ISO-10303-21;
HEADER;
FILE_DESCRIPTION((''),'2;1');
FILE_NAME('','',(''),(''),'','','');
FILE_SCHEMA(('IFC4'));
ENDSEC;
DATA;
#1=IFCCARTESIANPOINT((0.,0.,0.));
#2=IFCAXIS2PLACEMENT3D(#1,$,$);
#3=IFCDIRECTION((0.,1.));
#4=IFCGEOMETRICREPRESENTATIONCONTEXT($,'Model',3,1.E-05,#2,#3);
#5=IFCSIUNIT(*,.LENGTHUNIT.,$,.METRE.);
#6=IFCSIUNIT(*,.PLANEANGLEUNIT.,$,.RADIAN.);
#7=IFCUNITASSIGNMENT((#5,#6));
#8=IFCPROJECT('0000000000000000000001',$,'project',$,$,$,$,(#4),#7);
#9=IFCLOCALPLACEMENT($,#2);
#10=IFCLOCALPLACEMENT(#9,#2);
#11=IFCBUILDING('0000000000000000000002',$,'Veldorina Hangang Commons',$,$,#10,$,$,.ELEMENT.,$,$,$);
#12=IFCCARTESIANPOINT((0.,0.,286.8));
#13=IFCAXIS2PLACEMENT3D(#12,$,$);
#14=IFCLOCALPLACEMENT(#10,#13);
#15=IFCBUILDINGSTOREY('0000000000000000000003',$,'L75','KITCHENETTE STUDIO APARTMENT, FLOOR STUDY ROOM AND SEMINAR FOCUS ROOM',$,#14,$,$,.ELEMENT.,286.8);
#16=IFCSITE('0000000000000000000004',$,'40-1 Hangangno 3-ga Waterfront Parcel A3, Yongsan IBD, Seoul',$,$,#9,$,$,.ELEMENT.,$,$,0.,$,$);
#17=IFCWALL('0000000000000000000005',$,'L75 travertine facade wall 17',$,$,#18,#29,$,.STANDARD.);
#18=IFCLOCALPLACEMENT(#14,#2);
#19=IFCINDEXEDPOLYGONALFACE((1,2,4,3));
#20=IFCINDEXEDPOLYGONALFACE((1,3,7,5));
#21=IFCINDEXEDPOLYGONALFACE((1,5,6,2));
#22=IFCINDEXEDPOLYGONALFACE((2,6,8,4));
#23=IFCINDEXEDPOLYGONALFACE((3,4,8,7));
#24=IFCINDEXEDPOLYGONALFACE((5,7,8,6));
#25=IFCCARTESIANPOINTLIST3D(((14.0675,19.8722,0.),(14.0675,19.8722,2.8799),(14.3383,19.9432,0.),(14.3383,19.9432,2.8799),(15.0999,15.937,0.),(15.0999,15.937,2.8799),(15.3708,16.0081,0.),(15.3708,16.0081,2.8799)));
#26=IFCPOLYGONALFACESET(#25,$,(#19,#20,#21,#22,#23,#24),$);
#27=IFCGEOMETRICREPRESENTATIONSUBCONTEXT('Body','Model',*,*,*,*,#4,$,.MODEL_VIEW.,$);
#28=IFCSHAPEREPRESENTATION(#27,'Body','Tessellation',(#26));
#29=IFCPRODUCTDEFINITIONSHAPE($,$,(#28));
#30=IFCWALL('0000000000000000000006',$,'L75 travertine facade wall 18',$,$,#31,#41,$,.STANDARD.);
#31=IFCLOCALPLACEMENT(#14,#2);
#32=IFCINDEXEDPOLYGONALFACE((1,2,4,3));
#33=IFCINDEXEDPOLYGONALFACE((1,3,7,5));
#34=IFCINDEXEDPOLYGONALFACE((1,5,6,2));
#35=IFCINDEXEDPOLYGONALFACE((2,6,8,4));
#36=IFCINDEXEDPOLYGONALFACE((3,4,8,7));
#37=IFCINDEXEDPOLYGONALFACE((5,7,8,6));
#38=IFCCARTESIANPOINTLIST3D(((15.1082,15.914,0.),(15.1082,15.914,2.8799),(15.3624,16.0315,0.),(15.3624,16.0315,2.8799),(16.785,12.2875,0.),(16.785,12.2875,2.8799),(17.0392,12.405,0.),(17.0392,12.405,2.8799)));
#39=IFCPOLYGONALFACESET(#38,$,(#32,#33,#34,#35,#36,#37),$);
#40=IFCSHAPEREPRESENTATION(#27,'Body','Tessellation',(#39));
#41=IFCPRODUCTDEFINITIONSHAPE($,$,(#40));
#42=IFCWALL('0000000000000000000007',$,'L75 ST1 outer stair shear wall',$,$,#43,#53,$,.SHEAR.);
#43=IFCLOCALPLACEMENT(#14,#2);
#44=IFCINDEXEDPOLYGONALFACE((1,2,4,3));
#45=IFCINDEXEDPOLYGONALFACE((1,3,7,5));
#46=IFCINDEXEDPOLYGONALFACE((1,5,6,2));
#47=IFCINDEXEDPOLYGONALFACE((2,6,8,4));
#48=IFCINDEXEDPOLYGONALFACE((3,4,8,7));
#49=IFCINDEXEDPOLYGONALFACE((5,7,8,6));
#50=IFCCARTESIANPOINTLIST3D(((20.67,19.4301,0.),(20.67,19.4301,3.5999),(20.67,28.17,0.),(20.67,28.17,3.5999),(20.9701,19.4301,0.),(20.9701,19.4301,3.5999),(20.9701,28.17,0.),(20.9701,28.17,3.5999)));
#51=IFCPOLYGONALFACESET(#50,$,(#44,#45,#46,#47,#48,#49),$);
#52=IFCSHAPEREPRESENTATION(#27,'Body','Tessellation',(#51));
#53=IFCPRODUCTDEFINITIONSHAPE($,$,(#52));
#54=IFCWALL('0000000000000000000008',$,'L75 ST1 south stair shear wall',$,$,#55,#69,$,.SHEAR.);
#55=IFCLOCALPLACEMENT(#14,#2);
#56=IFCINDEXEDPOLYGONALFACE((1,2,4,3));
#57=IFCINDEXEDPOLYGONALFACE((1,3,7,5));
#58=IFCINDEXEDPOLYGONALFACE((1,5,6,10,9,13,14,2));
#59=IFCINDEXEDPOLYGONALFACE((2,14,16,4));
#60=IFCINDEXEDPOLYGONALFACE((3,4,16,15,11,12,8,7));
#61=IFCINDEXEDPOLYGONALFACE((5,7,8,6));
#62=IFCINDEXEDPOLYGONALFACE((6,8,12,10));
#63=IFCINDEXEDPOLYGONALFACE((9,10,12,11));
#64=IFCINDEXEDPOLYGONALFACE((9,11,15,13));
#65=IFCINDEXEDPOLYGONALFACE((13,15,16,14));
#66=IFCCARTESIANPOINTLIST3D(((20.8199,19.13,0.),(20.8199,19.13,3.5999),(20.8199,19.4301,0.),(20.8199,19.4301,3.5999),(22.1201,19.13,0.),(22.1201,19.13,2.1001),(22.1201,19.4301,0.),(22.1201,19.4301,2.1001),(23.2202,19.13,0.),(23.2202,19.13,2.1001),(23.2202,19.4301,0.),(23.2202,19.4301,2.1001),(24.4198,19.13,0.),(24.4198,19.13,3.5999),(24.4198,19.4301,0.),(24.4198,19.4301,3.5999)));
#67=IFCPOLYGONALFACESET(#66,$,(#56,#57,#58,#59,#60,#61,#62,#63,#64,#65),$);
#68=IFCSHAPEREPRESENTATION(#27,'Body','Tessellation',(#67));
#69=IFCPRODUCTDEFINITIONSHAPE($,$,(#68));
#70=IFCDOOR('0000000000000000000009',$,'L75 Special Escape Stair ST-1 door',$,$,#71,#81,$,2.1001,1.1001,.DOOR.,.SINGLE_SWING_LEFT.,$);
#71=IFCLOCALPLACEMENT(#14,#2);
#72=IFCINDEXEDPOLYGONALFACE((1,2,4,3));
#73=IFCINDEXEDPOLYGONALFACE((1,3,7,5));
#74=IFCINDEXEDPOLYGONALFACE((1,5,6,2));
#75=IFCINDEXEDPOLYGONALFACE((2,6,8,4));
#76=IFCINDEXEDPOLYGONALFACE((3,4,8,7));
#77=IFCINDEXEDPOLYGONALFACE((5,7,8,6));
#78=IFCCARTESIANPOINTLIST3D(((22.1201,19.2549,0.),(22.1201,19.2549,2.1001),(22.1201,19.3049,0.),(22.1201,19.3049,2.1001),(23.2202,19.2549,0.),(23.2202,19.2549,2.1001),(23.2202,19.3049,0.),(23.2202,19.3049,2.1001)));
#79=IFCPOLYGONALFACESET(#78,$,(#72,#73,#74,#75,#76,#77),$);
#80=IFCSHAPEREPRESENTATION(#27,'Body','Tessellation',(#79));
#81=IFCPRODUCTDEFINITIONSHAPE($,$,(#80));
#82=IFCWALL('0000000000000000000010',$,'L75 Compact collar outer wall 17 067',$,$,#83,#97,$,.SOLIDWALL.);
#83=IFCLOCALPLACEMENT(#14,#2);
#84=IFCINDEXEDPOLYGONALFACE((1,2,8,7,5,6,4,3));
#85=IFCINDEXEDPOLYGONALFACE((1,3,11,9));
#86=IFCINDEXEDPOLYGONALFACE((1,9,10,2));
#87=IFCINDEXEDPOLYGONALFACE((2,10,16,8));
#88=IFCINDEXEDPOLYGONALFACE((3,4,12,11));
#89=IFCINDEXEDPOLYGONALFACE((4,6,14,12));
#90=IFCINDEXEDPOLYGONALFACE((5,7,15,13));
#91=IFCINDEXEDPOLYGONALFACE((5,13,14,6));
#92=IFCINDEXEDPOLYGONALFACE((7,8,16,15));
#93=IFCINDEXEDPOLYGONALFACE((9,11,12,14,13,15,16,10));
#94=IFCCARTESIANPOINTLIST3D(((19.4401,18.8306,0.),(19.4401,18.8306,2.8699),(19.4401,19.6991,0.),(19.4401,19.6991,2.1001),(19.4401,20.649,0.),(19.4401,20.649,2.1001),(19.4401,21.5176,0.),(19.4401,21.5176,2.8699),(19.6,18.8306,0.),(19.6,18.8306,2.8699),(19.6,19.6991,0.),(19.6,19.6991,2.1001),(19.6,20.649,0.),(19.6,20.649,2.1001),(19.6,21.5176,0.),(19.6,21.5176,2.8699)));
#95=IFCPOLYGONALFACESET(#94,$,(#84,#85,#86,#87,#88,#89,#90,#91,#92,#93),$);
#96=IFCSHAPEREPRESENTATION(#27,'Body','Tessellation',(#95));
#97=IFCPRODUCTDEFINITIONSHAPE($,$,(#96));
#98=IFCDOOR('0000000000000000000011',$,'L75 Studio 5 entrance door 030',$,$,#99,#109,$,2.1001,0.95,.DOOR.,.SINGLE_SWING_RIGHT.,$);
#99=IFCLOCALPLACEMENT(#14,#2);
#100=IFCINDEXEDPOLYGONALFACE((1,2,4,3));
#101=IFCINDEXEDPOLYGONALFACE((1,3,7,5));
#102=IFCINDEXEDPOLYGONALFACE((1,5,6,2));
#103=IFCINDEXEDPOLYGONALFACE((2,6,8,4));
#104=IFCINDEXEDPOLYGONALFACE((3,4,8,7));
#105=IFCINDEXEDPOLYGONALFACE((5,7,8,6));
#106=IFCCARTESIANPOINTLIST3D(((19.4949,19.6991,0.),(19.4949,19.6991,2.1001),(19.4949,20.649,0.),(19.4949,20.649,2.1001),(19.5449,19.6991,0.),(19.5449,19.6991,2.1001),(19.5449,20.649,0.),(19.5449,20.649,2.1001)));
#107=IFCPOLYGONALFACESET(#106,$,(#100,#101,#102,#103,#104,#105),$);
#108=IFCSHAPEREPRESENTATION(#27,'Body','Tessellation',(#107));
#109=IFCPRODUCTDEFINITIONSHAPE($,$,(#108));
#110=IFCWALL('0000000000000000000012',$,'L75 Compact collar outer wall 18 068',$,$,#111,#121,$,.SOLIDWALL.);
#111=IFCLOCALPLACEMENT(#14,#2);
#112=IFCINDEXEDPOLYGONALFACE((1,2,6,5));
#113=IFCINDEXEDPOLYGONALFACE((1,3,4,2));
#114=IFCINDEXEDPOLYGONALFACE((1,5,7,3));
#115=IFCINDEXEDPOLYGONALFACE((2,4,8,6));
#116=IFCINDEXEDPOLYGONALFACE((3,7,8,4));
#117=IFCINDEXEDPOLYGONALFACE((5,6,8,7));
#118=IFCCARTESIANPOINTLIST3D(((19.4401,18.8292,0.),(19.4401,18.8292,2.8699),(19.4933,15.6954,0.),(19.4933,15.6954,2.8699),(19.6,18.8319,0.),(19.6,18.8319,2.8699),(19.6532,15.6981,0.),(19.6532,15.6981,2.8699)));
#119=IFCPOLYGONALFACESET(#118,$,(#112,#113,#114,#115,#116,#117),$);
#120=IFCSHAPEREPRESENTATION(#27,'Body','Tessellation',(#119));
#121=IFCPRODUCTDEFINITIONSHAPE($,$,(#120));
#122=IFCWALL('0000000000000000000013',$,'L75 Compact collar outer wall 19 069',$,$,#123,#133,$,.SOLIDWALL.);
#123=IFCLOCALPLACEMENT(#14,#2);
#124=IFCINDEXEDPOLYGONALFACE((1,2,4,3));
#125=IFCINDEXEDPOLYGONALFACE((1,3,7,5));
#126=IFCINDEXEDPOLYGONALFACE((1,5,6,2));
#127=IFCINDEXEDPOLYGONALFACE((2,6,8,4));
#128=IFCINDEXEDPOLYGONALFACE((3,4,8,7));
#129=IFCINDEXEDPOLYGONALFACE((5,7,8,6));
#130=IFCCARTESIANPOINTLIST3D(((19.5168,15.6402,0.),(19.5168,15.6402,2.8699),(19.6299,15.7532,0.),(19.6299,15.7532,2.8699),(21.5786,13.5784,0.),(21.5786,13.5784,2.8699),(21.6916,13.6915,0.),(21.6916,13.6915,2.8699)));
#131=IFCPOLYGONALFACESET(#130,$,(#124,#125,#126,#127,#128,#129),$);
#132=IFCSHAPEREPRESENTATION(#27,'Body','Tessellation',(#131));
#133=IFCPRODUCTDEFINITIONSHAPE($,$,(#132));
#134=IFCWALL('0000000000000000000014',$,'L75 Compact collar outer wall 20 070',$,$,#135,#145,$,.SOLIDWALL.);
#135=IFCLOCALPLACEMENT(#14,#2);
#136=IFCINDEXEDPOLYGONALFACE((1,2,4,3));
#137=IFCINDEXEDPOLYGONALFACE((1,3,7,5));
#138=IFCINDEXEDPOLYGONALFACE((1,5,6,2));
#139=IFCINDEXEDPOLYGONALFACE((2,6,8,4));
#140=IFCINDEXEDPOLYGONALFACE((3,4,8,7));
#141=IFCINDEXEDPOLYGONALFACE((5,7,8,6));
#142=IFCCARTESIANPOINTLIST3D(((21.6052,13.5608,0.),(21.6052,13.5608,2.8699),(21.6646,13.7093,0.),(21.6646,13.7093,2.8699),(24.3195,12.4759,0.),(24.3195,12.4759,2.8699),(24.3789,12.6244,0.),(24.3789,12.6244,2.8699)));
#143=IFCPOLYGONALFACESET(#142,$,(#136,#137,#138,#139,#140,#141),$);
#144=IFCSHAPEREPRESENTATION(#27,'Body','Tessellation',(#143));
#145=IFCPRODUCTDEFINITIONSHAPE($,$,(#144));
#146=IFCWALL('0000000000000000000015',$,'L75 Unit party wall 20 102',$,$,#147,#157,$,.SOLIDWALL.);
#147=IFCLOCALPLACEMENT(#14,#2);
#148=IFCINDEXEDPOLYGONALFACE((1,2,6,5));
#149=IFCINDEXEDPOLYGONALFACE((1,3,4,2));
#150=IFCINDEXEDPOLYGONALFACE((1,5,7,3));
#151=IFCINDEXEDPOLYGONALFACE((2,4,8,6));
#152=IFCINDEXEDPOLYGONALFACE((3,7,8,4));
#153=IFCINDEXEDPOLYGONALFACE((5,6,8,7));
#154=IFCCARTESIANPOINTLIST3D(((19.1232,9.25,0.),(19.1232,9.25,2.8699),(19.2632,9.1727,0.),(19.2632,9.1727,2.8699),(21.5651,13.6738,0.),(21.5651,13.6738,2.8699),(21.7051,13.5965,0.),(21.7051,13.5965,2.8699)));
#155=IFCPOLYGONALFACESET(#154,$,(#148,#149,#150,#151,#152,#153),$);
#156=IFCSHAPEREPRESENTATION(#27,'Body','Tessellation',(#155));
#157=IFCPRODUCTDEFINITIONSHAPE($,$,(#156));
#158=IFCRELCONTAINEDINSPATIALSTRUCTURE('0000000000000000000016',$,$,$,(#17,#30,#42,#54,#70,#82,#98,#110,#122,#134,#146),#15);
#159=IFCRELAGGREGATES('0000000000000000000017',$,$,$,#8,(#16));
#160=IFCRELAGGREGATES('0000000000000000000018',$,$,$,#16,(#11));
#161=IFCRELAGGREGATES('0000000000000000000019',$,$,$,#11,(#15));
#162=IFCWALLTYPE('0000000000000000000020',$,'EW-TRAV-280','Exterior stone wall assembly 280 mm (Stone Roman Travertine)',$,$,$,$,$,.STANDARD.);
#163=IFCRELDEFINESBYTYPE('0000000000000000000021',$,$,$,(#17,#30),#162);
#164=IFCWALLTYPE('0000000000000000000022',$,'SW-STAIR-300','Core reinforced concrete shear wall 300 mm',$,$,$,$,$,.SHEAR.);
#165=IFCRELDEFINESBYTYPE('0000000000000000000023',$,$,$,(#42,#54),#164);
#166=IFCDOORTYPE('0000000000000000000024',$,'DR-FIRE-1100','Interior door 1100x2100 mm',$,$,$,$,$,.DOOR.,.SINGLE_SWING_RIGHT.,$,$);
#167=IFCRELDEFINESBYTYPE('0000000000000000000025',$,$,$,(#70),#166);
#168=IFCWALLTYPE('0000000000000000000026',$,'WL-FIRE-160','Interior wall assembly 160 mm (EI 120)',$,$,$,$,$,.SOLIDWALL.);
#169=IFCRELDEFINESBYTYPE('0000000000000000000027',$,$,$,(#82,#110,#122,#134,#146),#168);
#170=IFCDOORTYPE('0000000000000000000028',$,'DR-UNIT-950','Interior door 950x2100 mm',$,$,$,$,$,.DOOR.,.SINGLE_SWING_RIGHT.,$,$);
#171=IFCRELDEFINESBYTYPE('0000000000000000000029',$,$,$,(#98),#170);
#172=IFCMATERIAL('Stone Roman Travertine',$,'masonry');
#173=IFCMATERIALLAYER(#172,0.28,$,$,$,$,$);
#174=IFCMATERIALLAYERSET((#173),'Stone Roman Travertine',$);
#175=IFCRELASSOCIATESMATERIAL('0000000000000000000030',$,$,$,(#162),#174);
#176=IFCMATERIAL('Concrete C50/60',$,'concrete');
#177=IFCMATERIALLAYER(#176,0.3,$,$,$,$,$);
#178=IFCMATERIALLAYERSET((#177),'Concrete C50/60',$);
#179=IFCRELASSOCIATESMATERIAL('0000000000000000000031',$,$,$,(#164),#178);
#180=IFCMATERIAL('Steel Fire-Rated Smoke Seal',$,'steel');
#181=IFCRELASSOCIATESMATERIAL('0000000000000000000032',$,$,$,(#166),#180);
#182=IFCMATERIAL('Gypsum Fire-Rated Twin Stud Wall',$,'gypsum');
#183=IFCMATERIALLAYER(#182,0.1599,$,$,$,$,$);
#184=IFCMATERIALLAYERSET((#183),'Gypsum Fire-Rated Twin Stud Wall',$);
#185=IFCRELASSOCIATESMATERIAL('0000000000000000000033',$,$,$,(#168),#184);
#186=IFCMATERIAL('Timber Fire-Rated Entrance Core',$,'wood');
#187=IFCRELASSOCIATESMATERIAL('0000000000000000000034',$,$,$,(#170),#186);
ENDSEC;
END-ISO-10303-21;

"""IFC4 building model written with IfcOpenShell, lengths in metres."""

from ifc_helpers import new_model, si_unit, direction, frame, frame_2d, origin, place, context, subcontext, project, spatial, rectangle, extrude, material, layer, layer_set, type_object, element, fill, save


model = new_model("IFC4")

# Units and contexts
model_context = context("Model", 3, precision=1e-05, world=origin(), true_north=direction((0.0, 1.0)))
body_context = subcontext(model_context, "Body", "Model", "MODEL_VIEW")
ifc_project = project(units=[si_unit("LENGTHUNIT", "METRE"), si_unit("PLANEANGLEUNIT", "RADIAN")], contexts=[model_context])

# Site, building, storey
site_placement = place(None, origin())
site = spatial("IfcSite", under=ifc_project, at=site_placement, Name="40-1 Hangangno 3-ga Waterfront Parcel A3, Yongsan IBD, Seoul", CompositionType="ELEMENT", RefElevation=0.0)
building_placement = place(site_placement, origin())
building = spatial("IfcBuilding", under=site, at=building_placement, Name="Veldorina Hangang Commons", CompositionType="ELEMENT")
storey_placement = place(building_placement, frame((0.0, 0.0, 286.8)))
storey = spatial("IfcBuildingStorey", under=building, at=storey_placement, Name="L75", Description="KITCHENETTE STUDIO APARTMENT, FLOOR STUDY ROOM AND SEMINAR FOCUS ROOM", CompositionType="ELEMENT", Elevation=286.8)

# Walls
ifc_material_1 = material(Name="Stone Roman Travertine", Category="masonry")
ifc_layer_1 = layer(ifc_material_1, 0.28)
ifc_layer_set_1 = layer_set([ifc_layer_1], Name="Stone Roman Travertine")
wall_type_1 = type_object("IfcWallType", Name="EW-TRAV-280", Description="Exterior stone wall assembly 280 mm (Stone Roman Travertine)", PredefinedType="STANDARD", material=ifc_layer_set_1)
wall_1_placement = place(storey_placement, frame((14.2029, 19.9077, 0.0), z_axis=(0.0, 0.0, 1.0), x_axis=(0.253787, -0.96726, 0.0)))
element("IfcWall", 1, at=wall_1_placement, inside=storey, type_object=wall_type_1, Name="L75 travertine facade wall 17", PredefinedType="STANDARD", context=body_context, shape_type="SweptSolid", body=[
    extrude(rectangle(XDim=4.0684, YDim=0.28, at=frame_2d((2.0342, 0.0))), origin(), (0.0, 0.0, 1.0), 2.8799),
])
wall_2_placement = place(storey_placement, frame((15.2354, 15.9727, 0.0), z_axis=(0.0, 0.0, 1.0), x_axis=(0.419678, -0.907673, 0.0)))
element("IfcWall", 2, at=wall_2_placement, inside=storey, type_object=wall_type_1, Name="L75 travertine facade wall 18", PredefinedType="STANDARD", context=body_context, shape_type="SweptSolid", body=[
    extrude(rectangle(XDim=3.9954, YDim=0.28, at=frame_2d((1.9976, 0.0))), origin(), (0.0, 0.0, 1.0), 2.8799),
])
ifc_material_2 = material(Name="Concrete C50/60", Category="concrete")
ifc_layer_2 = layer(ifc_material_2, 0.3)
ifc_layer_set_2 = layer_set([ifc_layer_2], Name="Concrete C50/60")
wall_type_2 = type_object("IfcWallType", Name="SW-STAIR-300", Description="Core reinforced concrete shear wall 300 mm", PredefinedType="SHEAR", material=ifc_layer_set_2)
wall_3_placement = place(storey_placement, frame((20.8201, 19.4299, 0.0), z_axis=(0.0, 0.0, 1.0), x_axis=(0.0, 1.0, 0.0)))
element("IfcWall", 3, at=wall_3_placement, inside=storey, type_object=wall_type_2, Name="L75 ST1 outer stair shear wall", PredefinedType="SHEAR", context=body_context, shape_type="SweptSolid", body=[
    extrude(rectangle(XDim=8.74, YDim=0.3, at=frame_2d((4.3701, 0.0))), origin(), (0.0, 0.0, 1.0), 3.5999),
])

# Walls, openings, doors
wall_4_placement = place(storey_placement, frame((20.8201, 19.28, 0.0), z_axis=(0.0, 0.0, 1.0), x_axis=(1.0, 0.0, 0.0)))
wall_4 = element("IfcWall", 4, at=wall_4_placement, inside=storey, type_object=wall_type_2, Name="L75 ST1 south stair shear wall", PredefinedType="SHEAR", context=body_context, shape_type="SweptSolid", body=[
    extrude(rectangle(XDim=3.5999, YDim=0.3, at=frame_2d((1.7998, 0.0))), origin(), (0.0, 0.0, 1.0), 3.5999),
])
opening_1_placement = place(wall_4_placement, frame((1.3, 0.0, 0.0)))
opening_1 = element("IfcOpeningElement", 5, at=opening_1_placement, cuts=wall_4, PredefinedType="OPENING", context=body_context, shape_type="SweptSolid", body=[
    extrude(rectangle(XDim=1.1001, YDim=2.1001, at=frame_2d((0.55, 1.05))), frame((0.0, 0.1602, 0.0), z_axis=(0.0, -1.0, 0.0), x_axis=(1.0, 0.0, 0.0)), (0.0, 0.0, 1.0), 0.3201),
])
ifc_material_3 = material(Name="Steel Fire-Rated Smoke Seal", Category="steel")
door_type_1 = type_object("IfcDoorType", Name="DR-FIRE-1100", Description="Interior door 1100x2100 mm", OperationType="SINGLE_SWING_RIGHT", PredefinedType="DOOR", material=ifc_material_3)
door_1_placement = place(opening_1_placement, origin())
door_1 = element("IfcDoor", 6, at=door_1_placement, inside=storey, type_object=door_type_1, Name="L75 Special Escape Stair ST-1 door", OperationType="SINGLE_SWING_LEFT", OverallHeight=2.1001, OverallWidth=1.1001, PredefinedType="DOOR", context=body_context, shape_type="SweptSolid", body=[
    extrude(rectangle(XDim=1.1001, YDim=2.1001, at=frame_2d((0.55, 1.05))), frame((0.0, 0.0249, 0.0), z_axis=(0.0, -1.0, 0.0), x_axis=(1.0, 0.0, 0.0)), (0.0, 0.0, 1.0), 0.05),
])
fill(opening_1, door_1)
ifc_material_4 = material(Name="Gypsum Fire-Rated Twin Stud Wall", Category="gypsum")
ifc_layer_3 = layer(ifc_material_4, 0.1599)
ifc_layer_set_3 = layer_set([ifc_layer_3], Name="Gypsum Fire-Rated Twin Stud Wall")
wall_type_3 = type_object("IfcWallType", Name="WL-FIRE-160", Description="Interior wall assembly 160 mm (EI 120)", PredefinedType="SOLIDWALL", material=ifc_layer_set_3)
wall_5_placement = place(storey_placement, frame((19.52, 21.5176, 0.0), z_axis=(0.0, 0.0, 1.0), x_axis=(0.0, -1.0, 0.0)))
wall_5 = element("IfcWall", 7, at=wall_5_placement, inside=storey, type_object=wall_type_3, Name="L75 Compact collar outer wall 17 067", PredefinedType="SOLIDWALL", context=body_context, shape_type="SweptSolid", body=[
    extrude(rectangle(XDim=2.687, YDim=0.1599, at=frame_2d((1.3435, 0.0))), origin(), (0.0, 0.0, 1.0), 2.8699),
])
opening_2_placement = place(wall_5_placement, frame((0.8684, 0.0, 0.0)))
opening_2 = element("IfcOpeningElement", 8, at=opening_2_placement, cuts=wall_5, PredefinedType="OPENING", context=body_context, shape_type="SweptSolid", body=[
    extrude(rectangle(XDim=0.95, YDim=2.1001, at=frame_2d((0.4751, 1.05))), frame((0.0, 0.0898, 0.0), z_axis=(0.0, -1.0, 0.0), x_axis=(1.0, 0.0, 0.0)), (0.0, 0.0, 1.0), 0.1799),
])
ifc_material_5 = material(Name="Timber Fire-Rated Entrance Core", Category="wood")
door_type_2 = type_object("IfcDoorType", Name="DR-UNIT-950", Description="Interior door 950x2100 mm", OperationType="SINGLE_SWING_RIGHT", PredefinedType="DOOR", material=ifc_material_5)
door_2_placement = place(opening_2_placement, origin())
door_2 = element("IfcDoor", 9, at=door_2_placement, inside=storey, type_object=door_type_2, Name="L75 Studio 5 entrance door 030", OperationType="SINGLE_SWING_RIGHT", OverallHeight=2.1001, OverallWidth=0.95, PredefinedType="DOOR", context=body_context, shape_type="SweptSolid", body=[
    extrude(rectangle(XDim=0.95, YDim=2.1001, at=frame_2d((0.4751, 1.05))), frame((0.0, 0.0249, 0.0), z_axis=(0.0, -1.0, 0.0), x_axis=(1.0, 0.0, 0.0)), (0.0, 0.0, 1.0), 0.05),
])
fill(opening_2, door_2)

# Walls
wall_6_placement = place(storey_placement, frame((19.52, 18.8306, 0.0), z_axis=(0.0, 0.0, 1.0), x_axis=(0.016981, -0.999856, 0.0)))
element("IfcWall", 10, at=wall_6_placement, inside=storey, type_object=wall_type_3, Name="L75 Compact collar outer wall 18 068", PredefinedType="SOLIDWALL", context=body_context, shape_type="SweptSolid", body=[
    extrude(rectangle(XDim=3.1343, YDim=0.1599, at=frame_2d((1.5671, 0.0))), origin(), (0.0, 0.0, 1.0), 2.8699),
])
wall_7_placement = place(storey_placement, frame((19.5732, 15.6968, 0.0), z_axis=(0.0, 0.0, 1.0), x_axis=(0.707107, -0.707107, 0.0)))
element("IfcWall", 11, at=wall_7_placement, inside=storey, type_object=wall_type_3, Name="L75 Compact collar outer wall 19 069", PredefinedType="SOLIDWALL", context=body_context, shape_type="SweptSolid", body=[
    extrude(rectangle(XDim=2.9158, YDim=0.1599, at=frame_2d((1.458, 0.0))), origin(), (0.0, 0.0, 1.0), 2.8699),
])
wall_8_placement = place(storey_placement, frame((21.635, 13.635, 0.0), z_axis=(0.0, 0.0, 1.0), x_axis=(0.928569, -0.37116, 0.0)))
element("IfcWall", 12, at=wall_8_placement, inside=storey, type_object=wall_type_3, Name="L75 Compact collar outer wall 20 070", PredefinedType="SOLIDWALL", context=body_context, shape_type="SweptSolid", body=[
    extrude(rectangle(XDim=2.9231, YDim=0.1599, at=frame_2d((1.4614, 0.0))), origin(), (0.0, 0.0, 1.0), 2.8699),
])
wall_9_placement = place(storey_placement, frame((21.635, 13.635, 0.0), z_axis=(0.0, 0.0, 1.0), x_axis=(-0.483254, -0.87548, 0.0)))
element("IfcWall", 13, at=wall_9_placement, inside=storey, type_object=wall_type_3, Name="L75 Unit party wall 20 102", PredefinedType="SOLIDWALL", context=body_context, shape_type="SweptSolid", body=[
    extrude(rectangle(XDim=5.053, YDim=0.1599, at=frame_2d((2.5264, 0.0))), origin(), (0.0, 0.0, 1.0), 2.8699),
])

save(model, "model.ifc")
